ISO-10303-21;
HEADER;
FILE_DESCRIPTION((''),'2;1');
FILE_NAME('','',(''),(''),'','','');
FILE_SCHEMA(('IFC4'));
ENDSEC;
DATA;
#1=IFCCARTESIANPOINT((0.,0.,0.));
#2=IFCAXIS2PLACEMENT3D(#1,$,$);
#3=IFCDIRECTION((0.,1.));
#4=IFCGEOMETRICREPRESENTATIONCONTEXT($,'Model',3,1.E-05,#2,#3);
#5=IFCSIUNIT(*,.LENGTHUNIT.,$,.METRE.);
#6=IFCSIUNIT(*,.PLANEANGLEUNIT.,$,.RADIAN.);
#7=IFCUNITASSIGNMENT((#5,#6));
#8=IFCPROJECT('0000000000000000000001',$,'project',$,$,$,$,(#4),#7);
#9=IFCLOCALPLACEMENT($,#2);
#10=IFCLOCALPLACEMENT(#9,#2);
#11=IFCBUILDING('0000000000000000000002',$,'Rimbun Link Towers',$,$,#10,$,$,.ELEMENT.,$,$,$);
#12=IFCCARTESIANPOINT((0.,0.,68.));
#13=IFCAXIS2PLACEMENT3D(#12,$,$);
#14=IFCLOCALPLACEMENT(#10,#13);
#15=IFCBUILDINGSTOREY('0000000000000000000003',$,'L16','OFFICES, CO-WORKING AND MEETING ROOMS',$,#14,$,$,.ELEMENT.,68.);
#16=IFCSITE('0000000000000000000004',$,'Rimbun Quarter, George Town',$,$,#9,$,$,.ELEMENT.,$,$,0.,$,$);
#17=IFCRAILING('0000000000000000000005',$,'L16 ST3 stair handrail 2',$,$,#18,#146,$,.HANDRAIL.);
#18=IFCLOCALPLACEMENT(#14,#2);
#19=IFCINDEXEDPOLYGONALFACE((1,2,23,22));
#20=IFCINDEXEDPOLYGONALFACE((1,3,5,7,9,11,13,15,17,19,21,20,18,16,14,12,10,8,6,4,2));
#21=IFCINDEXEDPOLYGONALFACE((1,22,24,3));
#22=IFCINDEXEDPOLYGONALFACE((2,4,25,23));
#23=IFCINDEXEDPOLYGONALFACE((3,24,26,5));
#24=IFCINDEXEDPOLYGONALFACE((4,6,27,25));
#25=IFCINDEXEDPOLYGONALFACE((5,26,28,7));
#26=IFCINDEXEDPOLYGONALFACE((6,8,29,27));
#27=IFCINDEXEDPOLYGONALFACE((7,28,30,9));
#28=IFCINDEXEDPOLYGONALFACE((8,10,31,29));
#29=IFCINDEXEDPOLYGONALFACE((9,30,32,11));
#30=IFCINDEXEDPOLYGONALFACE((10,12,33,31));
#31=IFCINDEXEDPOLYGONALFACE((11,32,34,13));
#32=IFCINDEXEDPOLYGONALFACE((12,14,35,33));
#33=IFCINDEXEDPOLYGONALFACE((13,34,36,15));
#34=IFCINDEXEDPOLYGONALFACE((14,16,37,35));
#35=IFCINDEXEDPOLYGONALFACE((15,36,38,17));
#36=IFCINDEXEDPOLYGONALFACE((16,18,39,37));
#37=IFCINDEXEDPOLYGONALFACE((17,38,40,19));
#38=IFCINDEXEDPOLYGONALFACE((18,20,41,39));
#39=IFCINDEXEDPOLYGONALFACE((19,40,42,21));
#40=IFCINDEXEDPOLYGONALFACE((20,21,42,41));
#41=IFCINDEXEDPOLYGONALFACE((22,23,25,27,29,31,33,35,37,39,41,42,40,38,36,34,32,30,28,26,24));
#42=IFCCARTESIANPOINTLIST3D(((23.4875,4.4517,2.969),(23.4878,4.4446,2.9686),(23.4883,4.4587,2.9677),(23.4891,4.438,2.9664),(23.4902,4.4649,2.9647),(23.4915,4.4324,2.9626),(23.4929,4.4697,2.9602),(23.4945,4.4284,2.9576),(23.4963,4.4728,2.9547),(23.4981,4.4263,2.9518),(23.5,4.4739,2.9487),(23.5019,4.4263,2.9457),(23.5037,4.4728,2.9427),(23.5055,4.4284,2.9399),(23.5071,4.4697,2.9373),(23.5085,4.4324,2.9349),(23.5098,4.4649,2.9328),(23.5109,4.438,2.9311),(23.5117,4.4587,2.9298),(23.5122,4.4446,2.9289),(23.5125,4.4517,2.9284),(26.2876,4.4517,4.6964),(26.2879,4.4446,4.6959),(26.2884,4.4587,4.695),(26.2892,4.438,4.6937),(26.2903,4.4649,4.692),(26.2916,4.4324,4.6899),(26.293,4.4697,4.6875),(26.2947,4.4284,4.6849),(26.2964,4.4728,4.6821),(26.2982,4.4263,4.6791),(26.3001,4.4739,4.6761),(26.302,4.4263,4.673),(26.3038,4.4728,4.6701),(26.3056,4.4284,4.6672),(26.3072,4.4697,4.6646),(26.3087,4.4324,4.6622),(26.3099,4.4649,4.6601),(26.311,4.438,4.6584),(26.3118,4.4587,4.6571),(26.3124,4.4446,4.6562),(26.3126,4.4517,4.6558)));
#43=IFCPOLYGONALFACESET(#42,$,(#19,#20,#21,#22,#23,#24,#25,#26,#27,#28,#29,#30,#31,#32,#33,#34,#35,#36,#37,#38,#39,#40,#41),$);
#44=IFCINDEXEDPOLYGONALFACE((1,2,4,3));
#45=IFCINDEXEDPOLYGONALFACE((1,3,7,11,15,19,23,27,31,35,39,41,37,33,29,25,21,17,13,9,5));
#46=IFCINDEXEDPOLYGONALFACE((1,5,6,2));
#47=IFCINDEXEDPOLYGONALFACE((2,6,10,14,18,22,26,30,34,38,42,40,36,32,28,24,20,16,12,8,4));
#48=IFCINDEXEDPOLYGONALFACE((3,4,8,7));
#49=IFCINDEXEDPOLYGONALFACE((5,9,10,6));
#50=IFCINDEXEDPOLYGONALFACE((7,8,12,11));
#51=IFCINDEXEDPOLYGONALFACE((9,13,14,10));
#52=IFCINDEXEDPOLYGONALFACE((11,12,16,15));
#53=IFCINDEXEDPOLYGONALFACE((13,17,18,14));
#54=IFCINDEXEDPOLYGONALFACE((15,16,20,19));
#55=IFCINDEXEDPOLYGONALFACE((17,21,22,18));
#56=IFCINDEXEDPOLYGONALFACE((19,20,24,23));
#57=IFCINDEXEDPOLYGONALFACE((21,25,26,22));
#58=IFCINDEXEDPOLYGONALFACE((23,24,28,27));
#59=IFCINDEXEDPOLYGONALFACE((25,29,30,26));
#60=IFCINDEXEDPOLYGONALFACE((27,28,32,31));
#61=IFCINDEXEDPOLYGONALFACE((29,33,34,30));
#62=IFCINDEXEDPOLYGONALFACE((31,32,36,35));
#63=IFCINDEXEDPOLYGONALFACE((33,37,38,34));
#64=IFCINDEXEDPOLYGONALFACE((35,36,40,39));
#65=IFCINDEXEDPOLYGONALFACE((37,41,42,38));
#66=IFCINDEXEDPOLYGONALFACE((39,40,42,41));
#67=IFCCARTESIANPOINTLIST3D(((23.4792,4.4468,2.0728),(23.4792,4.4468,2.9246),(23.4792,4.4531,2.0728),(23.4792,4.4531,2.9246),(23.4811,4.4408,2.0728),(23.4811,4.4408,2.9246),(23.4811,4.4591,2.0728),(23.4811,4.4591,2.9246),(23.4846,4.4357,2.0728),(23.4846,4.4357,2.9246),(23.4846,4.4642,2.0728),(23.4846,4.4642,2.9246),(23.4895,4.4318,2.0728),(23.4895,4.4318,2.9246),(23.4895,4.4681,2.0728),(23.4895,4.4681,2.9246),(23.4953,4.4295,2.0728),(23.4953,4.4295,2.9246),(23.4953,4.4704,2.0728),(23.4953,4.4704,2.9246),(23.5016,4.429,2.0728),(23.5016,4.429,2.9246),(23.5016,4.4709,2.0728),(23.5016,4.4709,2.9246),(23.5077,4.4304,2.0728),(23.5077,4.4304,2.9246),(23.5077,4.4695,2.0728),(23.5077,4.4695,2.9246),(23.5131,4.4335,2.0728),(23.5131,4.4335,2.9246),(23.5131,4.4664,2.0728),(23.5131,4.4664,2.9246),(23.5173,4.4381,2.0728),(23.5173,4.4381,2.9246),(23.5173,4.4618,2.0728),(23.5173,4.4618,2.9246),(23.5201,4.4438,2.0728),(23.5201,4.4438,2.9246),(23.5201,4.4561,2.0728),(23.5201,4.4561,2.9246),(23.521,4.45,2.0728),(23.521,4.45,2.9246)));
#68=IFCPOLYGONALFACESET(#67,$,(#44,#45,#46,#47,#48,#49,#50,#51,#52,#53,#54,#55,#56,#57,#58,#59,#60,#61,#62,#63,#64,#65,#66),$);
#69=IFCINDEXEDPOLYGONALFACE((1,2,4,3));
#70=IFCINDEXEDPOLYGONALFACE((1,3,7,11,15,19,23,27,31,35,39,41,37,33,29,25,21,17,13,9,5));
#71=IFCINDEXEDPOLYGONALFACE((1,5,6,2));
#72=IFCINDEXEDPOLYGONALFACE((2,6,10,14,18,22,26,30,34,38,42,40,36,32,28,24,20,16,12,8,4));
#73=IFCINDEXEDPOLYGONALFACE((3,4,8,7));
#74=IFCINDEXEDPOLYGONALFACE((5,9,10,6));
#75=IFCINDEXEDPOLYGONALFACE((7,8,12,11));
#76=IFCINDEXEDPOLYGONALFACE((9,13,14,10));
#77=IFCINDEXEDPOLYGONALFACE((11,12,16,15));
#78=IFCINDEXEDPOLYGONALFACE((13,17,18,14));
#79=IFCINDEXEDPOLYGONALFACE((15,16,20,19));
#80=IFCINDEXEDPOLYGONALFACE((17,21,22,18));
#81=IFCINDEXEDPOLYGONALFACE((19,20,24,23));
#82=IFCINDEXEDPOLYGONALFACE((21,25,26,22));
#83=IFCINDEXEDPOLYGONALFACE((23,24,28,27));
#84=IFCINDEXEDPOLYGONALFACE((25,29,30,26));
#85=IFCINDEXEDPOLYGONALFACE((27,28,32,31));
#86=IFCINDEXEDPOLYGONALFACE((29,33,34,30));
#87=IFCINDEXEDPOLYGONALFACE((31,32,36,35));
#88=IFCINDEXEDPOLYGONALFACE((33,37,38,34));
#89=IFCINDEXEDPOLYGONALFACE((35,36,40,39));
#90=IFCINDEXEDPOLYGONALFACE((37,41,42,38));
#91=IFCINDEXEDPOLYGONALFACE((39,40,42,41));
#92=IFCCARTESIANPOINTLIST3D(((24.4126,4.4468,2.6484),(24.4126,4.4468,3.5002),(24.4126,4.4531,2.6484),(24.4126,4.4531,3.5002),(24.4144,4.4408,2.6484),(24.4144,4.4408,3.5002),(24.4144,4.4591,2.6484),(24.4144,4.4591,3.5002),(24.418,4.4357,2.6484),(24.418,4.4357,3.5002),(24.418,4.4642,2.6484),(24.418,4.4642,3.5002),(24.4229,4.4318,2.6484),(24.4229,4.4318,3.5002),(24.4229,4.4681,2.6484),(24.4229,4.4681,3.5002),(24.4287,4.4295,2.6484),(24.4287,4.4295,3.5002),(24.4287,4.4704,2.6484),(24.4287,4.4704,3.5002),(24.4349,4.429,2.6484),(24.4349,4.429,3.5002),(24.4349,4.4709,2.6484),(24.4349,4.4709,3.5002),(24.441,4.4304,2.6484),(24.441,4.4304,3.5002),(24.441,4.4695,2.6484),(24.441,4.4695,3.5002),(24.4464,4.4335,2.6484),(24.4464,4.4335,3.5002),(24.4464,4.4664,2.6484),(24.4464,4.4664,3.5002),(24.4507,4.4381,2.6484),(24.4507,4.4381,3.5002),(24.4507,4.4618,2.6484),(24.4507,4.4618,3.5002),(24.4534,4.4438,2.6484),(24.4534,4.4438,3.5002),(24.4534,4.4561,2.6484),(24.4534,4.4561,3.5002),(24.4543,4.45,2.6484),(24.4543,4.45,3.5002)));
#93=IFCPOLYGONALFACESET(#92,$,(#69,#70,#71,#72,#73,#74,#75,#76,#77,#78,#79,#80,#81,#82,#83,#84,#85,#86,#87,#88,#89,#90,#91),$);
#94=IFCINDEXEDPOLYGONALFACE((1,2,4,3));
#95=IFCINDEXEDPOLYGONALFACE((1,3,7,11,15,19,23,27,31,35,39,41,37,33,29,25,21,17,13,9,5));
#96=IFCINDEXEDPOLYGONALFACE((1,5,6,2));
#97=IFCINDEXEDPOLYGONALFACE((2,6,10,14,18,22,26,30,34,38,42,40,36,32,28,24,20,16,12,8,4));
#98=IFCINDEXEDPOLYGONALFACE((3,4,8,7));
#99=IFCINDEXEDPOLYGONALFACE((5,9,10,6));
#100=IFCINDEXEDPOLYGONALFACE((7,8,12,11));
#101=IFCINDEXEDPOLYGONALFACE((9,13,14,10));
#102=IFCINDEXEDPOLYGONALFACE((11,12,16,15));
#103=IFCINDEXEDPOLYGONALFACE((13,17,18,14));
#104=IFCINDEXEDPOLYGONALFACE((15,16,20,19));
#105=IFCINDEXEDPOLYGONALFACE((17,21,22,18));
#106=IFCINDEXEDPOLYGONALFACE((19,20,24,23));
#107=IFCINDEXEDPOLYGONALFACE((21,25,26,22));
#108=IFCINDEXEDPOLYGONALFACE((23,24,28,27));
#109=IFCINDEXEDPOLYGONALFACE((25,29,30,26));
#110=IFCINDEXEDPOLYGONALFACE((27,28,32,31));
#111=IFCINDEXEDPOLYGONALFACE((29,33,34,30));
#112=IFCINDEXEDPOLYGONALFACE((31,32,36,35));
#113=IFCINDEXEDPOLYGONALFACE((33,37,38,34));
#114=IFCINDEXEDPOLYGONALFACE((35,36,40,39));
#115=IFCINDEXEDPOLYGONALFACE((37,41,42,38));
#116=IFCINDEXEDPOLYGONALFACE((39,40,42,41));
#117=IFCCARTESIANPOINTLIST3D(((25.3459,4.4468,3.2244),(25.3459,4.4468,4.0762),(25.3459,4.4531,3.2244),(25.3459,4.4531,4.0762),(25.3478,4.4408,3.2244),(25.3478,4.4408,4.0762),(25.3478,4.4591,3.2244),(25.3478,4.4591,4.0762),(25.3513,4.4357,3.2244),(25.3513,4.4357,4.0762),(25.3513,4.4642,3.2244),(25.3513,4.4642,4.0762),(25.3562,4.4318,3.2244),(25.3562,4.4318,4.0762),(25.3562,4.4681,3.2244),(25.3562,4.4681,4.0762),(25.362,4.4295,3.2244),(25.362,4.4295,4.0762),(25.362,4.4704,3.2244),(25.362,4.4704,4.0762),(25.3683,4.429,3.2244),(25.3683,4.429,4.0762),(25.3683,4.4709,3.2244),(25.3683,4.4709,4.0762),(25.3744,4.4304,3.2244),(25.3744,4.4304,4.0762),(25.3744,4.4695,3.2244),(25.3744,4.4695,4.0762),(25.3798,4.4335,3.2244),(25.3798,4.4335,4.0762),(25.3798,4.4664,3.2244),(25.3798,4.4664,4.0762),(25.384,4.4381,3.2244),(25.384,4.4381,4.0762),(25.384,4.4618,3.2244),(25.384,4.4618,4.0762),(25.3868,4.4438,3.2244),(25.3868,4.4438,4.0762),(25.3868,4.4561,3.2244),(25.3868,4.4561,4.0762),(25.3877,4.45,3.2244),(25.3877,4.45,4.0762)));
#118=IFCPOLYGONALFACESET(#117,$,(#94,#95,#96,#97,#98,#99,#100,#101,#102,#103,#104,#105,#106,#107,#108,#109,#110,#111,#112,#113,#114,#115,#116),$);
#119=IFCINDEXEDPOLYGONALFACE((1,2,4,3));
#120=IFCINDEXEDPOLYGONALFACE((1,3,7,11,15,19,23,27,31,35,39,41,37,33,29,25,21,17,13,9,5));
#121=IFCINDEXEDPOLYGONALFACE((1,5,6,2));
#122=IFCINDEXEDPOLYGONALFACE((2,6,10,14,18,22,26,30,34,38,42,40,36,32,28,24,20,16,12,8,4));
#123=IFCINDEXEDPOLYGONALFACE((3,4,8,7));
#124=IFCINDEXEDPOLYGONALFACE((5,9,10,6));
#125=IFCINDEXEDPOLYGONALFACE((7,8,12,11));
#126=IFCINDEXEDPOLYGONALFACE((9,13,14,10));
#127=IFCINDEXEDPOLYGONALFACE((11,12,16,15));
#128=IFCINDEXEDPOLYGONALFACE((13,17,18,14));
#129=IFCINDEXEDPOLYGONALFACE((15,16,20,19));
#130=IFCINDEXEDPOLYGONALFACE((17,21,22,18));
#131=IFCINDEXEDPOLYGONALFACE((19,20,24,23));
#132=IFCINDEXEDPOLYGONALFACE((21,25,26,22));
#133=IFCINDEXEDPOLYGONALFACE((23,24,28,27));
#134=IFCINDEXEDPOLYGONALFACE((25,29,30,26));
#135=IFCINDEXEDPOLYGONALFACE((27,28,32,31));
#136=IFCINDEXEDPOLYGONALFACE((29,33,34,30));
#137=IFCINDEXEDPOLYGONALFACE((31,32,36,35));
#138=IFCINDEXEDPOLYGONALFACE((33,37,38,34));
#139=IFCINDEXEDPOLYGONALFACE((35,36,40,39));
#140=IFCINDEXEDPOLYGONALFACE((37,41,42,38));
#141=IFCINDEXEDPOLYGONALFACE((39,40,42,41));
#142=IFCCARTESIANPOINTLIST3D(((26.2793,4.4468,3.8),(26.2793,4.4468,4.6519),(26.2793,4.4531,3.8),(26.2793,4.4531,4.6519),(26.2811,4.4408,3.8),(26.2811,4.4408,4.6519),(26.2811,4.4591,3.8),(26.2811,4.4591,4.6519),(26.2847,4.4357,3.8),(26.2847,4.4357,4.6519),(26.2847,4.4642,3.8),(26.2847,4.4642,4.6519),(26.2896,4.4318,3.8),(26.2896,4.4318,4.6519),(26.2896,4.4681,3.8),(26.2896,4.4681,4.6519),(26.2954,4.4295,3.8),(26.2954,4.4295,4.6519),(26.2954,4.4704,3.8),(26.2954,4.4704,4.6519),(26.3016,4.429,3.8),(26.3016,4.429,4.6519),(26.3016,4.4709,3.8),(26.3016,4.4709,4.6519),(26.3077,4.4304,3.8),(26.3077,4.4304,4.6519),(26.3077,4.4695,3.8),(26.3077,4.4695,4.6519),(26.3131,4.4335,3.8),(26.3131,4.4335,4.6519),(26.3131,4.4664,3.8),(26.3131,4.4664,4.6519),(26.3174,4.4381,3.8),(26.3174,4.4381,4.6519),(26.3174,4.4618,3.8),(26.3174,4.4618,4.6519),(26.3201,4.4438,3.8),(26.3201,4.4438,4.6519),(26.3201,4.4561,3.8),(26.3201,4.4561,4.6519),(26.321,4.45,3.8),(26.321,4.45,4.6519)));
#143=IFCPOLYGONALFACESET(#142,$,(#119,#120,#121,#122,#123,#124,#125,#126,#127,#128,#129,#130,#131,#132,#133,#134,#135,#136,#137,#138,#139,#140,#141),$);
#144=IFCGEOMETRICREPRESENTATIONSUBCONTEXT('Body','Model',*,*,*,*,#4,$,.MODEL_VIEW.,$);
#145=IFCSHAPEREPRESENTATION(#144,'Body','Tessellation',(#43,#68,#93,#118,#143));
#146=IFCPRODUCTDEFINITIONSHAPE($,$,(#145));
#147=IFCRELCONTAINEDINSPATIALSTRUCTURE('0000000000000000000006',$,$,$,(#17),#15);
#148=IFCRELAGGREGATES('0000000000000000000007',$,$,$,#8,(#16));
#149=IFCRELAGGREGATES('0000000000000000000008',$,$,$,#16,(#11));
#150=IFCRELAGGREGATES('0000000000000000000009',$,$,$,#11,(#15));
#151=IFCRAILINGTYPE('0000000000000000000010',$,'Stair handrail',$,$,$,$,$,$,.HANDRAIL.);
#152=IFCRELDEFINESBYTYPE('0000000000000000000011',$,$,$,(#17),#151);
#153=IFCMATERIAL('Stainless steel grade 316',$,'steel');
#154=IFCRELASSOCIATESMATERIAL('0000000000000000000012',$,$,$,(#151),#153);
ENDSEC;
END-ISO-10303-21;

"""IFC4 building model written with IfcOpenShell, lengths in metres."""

from ifc_helpers import new_model, si_unit, direction, frame, origin, origin_2d, place, context, subcontext, project, spatial, circle, extrude, material, type_object, element, save


model = new_model("IFC4")

# Units and contexts
model_context = context("Model", 3, precision=1e-05, world=origin(), true_north=direction((0.0, 1.0)))
body_context = subcontext(model_context, "Body", "Model", "MODEL_VIEW")
ifc_project = project(units=[si_unit("LENGTHUNIT", "METRE"), si_unit("PLANEANGLEUNIT", "RADIAN")], contexts=[model_context])

# Site, building, storey
site_placement = place(None, origin())
site = spatial("IfcSite", under=ifc_project, at=site_placement, Name="Rimbun Quarter, George Town", CompositionType="ELEMENT", RefElevation=0.0)
building_placement = place(site_placement, origin())
building = spatial("IfcBuilding", under=site, at=building_placement, Name="Rimbun Link Towers", CompositionType="ELEMENT")
storey_placement = place(building_placement, frame((0.0, 0.0, 68.0)))
storey = spatial("IfcBuildingStorey", under=building, at=storey_placement, Name="L16", Description="OFFICES, CO-WORKING AND MEETING ROOMS", CompositionType="ELEMENT", Elevation=68.0)

# Railing
ifc_material_1 = material(Name="Stainless steel grade 316", Category="steel")
railing_type_1 = type_object("IfcRailingType", Name="Stair handrail", PredefinedType="HANDRAIL", material=ifc_material_1)
railing_1_placement = place(storey_placement, frame((23.5, 4.45, 2.0728)))
element("IfcRailing", 1, at=railing_1_placement, inside=storey, type_object=railing_type_1, Name="L16 ST3 stair handrail 2", PredefinedType="HANDRAIL", context=body_context, shape_type="SweptSolid", body=[
    extrude(circle(Radius=0.0239, at=origin_2d()), frame((0.0, 0.0, 0.876), z_axis=(0.85109, 0.0, 0.52502), x_axis=(0.0, 1.0, 0.0)), (0.0, 0.0, 1.0), 3.29),
    extrude(circle(Radius=0.021, at=origin_2d()), origin(), (0.0, 0.0, 1.0), 0.8518),
    extrude(circle(Radius=0.021, at=origin_2d()), frame((0.9333, 0.0, 0.5757)), (0.0, 0.0, 1.0), 0.8518),
    extrude(circle(Radius=0.021, at=origin_2d()), frame((1.8667, 0.0, 1.1516)), (0.0, 0.0, 1.0), 0.8518),
    extrude(circle(Radius=0.021, at=origin_2d()), frame((2.8, 0.0, 1.7273)), (0.0, 0.0, 1.0), 0.8518),
])

save(model, "model.ifc")
